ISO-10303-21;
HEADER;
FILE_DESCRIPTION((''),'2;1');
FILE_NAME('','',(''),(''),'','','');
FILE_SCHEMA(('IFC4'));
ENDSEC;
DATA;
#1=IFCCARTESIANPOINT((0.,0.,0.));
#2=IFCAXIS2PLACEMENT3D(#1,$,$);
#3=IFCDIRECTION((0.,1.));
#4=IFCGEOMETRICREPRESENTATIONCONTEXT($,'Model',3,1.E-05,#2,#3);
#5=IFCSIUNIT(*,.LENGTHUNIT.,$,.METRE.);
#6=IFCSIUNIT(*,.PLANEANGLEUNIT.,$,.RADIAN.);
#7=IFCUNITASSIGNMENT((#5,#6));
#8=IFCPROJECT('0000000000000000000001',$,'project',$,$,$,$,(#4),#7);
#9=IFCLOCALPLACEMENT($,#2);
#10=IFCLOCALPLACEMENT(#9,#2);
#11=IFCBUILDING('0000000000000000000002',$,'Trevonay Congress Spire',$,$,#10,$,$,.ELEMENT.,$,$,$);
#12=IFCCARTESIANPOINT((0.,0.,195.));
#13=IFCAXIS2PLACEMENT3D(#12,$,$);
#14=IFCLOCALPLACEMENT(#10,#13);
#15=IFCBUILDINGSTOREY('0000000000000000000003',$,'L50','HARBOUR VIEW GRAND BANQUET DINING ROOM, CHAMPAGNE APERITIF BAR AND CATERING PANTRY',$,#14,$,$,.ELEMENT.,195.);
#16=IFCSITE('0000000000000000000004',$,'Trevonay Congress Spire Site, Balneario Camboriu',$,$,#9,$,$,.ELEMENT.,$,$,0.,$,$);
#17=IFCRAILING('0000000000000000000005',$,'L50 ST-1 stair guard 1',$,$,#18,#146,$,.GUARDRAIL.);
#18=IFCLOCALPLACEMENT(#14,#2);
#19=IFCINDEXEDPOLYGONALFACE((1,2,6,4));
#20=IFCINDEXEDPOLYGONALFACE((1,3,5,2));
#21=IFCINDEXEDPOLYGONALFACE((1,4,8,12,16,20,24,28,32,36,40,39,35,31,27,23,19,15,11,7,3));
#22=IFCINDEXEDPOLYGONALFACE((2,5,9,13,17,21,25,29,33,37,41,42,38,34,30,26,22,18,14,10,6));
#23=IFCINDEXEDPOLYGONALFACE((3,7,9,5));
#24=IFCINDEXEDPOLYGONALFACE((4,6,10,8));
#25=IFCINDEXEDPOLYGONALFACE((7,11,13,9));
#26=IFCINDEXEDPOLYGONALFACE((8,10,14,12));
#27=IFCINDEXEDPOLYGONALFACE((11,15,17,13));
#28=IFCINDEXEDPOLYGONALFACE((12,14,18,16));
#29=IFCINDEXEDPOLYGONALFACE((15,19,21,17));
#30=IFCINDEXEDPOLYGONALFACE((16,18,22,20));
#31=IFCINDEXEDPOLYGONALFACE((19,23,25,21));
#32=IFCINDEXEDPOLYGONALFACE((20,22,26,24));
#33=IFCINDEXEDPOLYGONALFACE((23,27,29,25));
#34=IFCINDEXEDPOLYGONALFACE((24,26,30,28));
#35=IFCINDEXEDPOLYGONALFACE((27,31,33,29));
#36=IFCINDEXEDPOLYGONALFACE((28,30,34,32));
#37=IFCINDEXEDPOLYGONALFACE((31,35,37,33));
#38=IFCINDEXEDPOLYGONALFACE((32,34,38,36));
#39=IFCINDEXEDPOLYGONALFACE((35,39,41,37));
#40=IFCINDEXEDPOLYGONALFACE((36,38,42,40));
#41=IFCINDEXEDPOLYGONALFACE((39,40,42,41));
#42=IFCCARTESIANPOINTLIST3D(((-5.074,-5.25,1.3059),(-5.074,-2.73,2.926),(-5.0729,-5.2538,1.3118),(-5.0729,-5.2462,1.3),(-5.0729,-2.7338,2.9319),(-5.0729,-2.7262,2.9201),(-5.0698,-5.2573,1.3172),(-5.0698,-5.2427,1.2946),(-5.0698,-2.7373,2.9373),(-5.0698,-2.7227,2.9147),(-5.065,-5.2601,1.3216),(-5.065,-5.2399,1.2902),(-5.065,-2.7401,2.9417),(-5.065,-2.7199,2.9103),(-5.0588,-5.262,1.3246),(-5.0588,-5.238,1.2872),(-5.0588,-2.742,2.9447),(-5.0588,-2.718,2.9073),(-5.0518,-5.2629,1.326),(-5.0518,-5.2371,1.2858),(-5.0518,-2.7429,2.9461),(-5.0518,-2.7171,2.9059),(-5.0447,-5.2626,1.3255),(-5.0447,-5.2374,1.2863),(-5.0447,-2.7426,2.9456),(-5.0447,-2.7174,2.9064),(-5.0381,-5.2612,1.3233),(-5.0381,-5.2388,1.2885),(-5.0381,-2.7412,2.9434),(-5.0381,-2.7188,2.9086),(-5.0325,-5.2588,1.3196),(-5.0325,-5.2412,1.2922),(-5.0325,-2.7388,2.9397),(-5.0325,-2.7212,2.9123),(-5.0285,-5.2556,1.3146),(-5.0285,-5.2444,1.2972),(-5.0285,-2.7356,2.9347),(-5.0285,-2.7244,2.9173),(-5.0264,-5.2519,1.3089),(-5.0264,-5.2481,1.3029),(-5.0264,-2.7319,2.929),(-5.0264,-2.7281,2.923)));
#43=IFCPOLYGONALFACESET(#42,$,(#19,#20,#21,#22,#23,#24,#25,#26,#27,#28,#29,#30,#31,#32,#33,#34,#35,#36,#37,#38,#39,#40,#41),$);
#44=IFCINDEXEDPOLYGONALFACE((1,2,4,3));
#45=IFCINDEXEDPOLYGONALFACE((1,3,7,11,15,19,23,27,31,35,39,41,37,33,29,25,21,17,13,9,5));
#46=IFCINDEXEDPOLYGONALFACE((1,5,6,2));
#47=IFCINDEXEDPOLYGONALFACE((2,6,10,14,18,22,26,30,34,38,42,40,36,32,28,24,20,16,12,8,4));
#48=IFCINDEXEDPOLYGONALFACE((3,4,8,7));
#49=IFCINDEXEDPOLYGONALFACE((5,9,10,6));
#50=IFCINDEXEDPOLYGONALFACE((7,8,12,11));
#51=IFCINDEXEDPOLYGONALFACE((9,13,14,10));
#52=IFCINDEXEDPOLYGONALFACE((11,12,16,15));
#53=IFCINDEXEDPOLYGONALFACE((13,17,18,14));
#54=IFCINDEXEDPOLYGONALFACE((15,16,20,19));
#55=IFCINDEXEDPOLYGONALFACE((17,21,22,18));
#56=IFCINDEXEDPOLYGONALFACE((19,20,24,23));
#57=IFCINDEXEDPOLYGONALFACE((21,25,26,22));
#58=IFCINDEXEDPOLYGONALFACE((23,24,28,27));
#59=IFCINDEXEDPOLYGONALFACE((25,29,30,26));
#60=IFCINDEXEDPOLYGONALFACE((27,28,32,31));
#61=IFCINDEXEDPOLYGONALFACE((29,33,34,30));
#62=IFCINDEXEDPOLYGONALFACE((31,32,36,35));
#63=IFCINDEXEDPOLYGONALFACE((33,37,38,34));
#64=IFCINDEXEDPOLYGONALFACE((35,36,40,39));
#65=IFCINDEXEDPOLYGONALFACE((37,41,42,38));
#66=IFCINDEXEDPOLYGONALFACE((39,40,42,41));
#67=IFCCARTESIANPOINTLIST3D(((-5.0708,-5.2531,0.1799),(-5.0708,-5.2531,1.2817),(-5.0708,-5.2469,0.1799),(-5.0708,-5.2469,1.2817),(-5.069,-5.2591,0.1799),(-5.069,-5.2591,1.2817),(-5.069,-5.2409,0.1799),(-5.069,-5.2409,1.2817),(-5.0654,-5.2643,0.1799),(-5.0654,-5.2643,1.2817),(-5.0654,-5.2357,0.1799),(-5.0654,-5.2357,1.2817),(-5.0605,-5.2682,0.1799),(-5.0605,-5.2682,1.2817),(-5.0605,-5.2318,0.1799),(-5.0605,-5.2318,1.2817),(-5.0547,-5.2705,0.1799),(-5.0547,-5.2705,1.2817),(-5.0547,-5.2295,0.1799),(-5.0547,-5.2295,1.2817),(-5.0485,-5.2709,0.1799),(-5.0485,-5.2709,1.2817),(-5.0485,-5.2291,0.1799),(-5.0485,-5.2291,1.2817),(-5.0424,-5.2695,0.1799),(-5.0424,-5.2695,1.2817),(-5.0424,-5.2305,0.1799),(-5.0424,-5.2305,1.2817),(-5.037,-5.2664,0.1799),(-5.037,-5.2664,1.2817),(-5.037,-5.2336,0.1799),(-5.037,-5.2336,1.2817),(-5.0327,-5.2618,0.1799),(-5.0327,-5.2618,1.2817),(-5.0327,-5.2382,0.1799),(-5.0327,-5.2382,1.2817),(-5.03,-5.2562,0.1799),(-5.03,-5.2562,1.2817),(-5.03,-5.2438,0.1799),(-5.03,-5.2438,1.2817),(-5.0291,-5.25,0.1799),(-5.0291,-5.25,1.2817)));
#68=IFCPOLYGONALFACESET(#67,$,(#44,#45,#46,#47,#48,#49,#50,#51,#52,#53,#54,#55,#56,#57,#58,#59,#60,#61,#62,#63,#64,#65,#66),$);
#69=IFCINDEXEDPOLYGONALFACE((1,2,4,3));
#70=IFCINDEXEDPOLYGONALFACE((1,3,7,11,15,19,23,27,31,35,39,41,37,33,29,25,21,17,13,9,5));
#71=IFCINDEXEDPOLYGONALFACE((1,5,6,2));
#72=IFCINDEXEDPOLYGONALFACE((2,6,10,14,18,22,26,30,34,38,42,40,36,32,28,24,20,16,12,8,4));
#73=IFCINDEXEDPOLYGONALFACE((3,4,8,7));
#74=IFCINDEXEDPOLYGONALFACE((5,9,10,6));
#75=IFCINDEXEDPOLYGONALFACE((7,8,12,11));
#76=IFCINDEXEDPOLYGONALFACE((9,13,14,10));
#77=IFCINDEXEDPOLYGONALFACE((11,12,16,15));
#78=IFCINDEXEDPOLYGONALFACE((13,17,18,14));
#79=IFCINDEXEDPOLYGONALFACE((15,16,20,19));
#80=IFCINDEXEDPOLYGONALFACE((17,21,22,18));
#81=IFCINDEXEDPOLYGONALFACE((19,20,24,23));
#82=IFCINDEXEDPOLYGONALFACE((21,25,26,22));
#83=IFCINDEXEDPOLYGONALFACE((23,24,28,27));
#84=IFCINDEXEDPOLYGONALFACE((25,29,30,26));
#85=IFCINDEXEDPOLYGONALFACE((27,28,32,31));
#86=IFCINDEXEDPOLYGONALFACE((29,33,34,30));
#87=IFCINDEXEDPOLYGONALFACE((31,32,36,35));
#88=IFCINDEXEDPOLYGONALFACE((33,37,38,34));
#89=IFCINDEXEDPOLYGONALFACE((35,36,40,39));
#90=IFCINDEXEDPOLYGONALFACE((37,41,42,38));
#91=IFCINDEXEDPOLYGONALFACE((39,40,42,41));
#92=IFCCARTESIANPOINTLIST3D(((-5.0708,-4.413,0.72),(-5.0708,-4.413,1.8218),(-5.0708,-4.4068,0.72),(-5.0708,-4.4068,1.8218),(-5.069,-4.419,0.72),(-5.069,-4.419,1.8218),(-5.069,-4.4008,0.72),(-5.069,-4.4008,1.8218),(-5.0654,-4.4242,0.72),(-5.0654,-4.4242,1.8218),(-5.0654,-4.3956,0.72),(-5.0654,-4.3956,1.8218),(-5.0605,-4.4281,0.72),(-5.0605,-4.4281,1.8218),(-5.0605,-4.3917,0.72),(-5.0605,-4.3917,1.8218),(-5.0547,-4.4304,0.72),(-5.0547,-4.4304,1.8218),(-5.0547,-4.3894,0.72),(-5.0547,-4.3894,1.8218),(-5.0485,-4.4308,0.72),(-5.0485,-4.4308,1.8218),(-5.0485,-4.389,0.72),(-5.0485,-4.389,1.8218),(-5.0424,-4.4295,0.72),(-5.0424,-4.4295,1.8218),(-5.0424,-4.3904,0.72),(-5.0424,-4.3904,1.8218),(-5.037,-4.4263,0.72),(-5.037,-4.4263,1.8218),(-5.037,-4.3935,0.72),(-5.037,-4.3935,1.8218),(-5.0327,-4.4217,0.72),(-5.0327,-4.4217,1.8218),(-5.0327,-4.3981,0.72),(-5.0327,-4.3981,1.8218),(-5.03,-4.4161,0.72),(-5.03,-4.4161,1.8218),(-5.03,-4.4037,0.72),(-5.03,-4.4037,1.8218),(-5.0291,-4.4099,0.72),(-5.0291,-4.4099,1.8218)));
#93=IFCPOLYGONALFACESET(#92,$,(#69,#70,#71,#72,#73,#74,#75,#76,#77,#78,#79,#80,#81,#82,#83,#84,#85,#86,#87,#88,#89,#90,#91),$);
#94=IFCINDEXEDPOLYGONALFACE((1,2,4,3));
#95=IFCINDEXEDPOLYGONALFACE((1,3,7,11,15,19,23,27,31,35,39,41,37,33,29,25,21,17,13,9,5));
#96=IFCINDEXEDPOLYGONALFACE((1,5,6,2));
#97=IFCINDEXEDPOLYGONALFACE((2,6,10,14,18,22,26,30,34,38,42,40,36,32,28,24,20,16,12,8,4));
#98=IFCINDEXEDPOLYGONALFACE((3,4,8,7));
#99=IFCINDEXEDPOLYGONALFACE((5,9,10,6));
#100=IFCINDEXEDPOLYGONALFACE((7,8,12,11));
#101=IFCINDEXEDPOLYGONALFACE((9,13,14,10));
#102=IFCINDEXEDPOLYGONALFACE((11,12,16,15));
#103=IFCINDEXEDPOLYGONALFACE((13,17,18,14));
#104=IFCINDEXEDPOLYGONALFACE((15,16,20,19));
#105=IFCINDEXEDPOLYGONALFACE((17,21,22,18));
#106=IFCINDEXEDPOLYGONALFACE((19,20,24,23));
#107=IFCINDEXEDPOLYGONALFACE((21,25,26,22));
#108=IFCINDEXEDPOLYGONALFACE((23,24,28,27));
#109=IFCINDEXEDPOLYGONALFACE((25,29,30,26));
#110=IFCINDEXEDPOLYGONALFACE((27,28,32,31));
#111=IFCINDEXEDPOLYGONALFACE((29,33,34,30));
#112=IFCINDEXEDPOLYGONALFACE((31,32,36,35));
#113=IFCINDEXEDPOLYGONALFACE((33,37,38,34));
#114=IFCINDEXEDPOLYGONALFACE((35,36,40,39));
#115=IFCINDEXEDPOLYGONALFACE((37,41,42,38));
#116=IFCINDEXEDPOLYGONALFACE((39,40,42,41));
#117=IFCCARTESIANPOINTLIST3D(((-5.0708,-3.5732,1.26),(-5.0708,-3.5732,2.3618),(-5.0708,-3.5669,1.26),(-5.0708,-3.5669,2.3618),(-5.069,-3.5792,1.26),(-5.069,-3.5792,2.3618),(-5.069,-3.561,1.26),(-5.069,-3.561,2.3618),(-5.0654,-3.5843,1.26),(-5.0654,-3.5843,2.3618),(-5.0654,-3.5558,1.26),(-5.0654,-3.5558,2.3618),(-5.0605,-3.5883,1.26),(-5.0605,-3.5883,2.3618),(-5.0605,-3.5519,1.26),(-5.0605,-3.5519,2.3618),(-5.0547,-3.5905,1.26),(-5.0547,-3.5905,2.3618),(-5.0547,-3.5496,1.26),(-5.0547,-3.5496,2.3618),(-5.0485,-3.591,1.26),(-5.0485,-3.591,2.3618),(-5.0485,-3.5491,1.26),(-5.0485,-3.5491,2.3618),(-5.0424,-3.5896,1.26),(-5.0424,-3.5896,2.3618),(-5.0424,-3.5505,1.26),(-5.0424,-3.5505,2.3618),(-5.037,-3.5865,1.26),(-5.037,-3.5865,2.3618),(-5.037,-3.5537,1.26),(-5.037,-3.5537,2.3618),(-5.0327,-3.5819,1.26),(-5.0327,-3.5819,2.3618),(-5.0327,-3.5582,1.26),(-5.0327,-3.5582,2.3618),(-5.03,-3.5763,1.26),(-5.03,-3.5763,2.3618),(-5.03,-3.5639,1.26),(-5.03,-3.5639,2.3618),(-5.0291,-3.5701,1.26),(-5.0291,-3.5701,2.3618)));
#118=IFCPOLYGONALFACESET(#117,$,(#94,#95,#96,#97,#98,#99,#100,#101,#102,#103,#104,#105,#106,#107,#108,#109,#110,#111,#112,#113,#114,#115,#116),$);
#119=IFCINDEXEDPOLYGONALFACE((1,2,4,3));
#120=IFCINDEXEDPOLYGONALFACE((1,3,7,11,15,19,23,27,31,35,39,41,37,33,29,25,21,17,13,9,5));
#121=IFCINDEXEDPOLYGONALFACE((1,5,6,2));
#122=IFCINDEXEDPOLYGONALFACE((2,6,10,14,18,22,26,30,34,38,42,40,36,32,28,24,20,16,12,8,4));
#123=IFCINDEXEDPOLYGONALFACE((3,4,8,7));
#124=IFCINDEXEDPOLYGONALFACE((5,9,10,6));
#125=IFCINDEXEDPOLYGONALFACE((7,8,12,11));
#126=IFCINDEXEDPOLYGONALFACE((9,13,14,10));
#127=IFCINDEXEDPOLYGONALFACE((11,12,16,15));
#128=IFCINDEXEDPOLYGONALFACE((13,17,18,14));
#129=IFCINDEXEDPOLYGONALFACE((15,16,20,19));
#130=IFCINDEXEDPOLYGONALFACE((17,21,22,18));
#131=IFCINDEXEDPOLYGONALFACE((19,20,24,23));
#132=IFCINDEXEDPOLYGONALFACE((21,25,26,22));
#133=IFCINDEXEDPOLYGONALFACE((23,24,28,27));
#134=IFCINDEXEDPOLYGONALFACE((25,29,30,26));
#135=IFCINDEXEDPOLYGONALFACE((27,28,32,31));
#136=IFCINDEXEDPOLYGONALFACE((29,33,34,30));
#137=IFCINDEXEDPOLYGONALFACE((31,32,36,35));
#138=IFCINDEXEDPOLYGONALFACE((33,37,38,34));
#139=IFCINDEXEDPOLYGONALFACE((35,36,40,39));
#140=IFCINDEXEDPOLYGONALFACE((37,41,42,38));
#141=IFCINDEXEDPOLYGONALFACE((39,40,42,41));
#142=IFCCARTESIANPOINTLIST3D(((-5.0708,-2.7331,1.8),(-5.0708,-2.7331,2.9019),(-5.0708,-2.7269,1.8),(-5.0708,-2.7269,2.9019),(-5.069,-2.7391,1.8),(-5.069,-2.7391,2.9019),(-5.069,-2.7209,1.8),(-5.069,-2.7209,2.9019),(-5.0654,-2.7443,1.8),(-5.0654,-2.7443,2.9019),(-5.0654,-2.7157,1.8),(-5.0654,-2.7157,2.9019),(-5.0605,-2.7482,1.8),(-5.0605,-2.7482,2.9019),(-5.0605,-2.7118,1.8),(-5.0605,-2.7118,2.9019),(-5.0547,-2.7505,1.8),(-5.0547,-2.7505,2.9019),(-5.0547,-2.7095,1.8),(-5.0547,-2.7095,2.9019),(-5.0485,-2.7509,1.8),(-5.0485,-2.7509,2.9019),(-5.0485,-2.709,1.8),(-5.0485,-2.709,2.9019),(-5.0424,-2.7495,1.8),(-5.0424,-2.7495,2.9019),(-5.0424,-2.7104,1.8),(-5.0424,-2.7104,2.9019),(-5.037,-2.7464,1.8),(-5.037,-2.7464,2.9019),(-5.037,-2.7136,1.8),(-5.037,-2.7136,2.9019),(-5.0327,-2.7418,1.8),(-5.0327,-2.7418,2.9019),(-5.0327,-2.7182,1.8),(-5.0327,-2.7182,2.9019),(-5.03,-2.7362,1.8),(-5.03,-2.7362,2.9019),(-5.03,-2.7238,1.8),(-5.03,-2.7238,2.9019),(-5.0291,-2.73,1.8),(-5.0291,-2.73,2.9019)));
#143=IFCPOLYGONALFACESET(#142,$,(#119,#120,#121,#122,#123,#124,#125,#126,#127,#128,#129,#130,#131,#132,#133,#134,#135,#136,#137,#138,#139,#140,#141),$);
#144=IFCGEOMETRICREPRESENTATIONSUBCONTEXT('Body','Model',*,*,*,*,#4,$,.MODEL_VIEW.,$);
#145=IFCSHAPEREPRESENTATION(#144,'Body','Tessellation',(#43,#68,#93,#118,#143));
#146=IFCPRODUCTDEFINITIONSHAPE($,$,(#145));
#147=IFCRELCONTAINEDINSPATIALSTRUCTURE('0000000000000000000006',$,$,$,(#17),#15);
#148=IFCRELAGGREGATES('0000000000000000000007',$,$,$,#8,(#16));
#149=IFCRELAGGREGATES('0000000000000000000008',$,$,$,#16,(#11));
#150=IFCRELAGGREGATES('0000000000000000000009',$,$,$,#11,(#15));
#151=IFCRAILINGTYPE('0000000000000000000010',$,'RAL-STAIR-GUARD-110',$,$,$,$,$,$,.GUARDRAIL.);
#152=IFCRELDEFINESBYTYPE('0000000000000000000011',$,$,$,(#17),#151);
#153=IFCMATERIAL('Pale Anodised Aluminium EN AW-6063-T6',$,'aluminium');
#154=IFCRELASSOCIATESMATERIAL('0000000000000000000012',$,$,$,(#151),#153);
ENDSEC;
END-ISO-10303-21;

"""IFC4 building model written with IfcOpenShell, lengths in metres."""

from ifc_helpers import new_model, si_unit, direction, frame, origin, origin_2d, place, context, subcontext, project, spatial, circle, extrude, material, type_object, element, save


model = new_model("IFC4")

# Units and contexts
model_context = context("Model", 3, precision=1e-05, world=origin(), true_north=direction((0.0, 1.0)))
body_context = subcontext(model_context, "Body", "Model", "MODEL_VIEW")
ifc_project = project(units=[si_unit("LENGTHUNIT", "METRE"), si_unit("PLANEANGLEUNIT", "RADIAN")], contexts=[model_context])

# Site, building, storey
site_placement = place(None, origin())
site = spatial("IfcSite", under=ifc_project, at=site_placement, Name="Trevonay Congress Spire Site, Balneario Camboriu", CompositionType="ELEMENT", RefElevation=0.0)
building_placement = place(site_placement, origin())
building = spatial("IfcBuilding", under=site, at=building_placement, Name="Trevonay Congress Spire", CompositionType="ELEMENT")
storey_placement = place(building_placement, frame((0.0, 0.0, 195.0)))
storey = spatial("IfcBuildingStorey", under=building, at=storey_placement, Name="L50", Description="HARBOUR VIEW GRAND BANQUET DINING ROOM, CHAMPAGNE APERITIF BAR AND CATERING PANTRY", CompositionType="ELEMENT", Elevation=195.0)

# Shared definitions
ifc_material_1 = material(Name="Pale Anodised Aluminium EN AW-6063-T6", Category="aluminium")

# Railing
railing_type_1 = type_object("IfcRailingType", Name="RAL-STAIR-GUARD-110", PredefinedType="GUARDRAIL", material=ifc_material_1)
railing_1_placement = place(storey_placement, frame((-5.05, -5.25, 0.1799)))
element("IfcRailing", 1, at=railing_1_placement, inside=storey, type_object=railing_type_1, Name="L50 ST-1 stair guard 1", PredefinedType="GUARDRAIL", context=body_context, shape_type="SweptSolid", body=[
    extrude(circle(Radius=0.0239, at=origin_2d()), frame((0.0, 0.0, 1.126), z_axis=(0.0, 0.841163, 0.540782), x_axis=(-1.0, 0.0, 0.0)), (0.0, 0.0, 1.0), 2.9958),
    extrude(circle(Radius=0.021, at=origin_2d()), origin(), (0.0, 0.0, 1.0), 1.1018),
    extrude(circle(Radius=0.021, at=origin_2d()), frame((0.0, 0.8401, 0.54)), (0.0, 0.0, 1.0), 1.1018),
    extrude(circle(Radius=0.021, at=origin_2d()), frame((0.0, 1.6799, 1.0801)), (0.0, 0.0, 1.0), 1.1018),
    extrude(circle(Radius=0.021, at=origin_2d()), frame((0.0, 2.52, 1.6201)), (0.0, 0.0, 1.0), 1.1018),
])

save(model, "model.ifc")
